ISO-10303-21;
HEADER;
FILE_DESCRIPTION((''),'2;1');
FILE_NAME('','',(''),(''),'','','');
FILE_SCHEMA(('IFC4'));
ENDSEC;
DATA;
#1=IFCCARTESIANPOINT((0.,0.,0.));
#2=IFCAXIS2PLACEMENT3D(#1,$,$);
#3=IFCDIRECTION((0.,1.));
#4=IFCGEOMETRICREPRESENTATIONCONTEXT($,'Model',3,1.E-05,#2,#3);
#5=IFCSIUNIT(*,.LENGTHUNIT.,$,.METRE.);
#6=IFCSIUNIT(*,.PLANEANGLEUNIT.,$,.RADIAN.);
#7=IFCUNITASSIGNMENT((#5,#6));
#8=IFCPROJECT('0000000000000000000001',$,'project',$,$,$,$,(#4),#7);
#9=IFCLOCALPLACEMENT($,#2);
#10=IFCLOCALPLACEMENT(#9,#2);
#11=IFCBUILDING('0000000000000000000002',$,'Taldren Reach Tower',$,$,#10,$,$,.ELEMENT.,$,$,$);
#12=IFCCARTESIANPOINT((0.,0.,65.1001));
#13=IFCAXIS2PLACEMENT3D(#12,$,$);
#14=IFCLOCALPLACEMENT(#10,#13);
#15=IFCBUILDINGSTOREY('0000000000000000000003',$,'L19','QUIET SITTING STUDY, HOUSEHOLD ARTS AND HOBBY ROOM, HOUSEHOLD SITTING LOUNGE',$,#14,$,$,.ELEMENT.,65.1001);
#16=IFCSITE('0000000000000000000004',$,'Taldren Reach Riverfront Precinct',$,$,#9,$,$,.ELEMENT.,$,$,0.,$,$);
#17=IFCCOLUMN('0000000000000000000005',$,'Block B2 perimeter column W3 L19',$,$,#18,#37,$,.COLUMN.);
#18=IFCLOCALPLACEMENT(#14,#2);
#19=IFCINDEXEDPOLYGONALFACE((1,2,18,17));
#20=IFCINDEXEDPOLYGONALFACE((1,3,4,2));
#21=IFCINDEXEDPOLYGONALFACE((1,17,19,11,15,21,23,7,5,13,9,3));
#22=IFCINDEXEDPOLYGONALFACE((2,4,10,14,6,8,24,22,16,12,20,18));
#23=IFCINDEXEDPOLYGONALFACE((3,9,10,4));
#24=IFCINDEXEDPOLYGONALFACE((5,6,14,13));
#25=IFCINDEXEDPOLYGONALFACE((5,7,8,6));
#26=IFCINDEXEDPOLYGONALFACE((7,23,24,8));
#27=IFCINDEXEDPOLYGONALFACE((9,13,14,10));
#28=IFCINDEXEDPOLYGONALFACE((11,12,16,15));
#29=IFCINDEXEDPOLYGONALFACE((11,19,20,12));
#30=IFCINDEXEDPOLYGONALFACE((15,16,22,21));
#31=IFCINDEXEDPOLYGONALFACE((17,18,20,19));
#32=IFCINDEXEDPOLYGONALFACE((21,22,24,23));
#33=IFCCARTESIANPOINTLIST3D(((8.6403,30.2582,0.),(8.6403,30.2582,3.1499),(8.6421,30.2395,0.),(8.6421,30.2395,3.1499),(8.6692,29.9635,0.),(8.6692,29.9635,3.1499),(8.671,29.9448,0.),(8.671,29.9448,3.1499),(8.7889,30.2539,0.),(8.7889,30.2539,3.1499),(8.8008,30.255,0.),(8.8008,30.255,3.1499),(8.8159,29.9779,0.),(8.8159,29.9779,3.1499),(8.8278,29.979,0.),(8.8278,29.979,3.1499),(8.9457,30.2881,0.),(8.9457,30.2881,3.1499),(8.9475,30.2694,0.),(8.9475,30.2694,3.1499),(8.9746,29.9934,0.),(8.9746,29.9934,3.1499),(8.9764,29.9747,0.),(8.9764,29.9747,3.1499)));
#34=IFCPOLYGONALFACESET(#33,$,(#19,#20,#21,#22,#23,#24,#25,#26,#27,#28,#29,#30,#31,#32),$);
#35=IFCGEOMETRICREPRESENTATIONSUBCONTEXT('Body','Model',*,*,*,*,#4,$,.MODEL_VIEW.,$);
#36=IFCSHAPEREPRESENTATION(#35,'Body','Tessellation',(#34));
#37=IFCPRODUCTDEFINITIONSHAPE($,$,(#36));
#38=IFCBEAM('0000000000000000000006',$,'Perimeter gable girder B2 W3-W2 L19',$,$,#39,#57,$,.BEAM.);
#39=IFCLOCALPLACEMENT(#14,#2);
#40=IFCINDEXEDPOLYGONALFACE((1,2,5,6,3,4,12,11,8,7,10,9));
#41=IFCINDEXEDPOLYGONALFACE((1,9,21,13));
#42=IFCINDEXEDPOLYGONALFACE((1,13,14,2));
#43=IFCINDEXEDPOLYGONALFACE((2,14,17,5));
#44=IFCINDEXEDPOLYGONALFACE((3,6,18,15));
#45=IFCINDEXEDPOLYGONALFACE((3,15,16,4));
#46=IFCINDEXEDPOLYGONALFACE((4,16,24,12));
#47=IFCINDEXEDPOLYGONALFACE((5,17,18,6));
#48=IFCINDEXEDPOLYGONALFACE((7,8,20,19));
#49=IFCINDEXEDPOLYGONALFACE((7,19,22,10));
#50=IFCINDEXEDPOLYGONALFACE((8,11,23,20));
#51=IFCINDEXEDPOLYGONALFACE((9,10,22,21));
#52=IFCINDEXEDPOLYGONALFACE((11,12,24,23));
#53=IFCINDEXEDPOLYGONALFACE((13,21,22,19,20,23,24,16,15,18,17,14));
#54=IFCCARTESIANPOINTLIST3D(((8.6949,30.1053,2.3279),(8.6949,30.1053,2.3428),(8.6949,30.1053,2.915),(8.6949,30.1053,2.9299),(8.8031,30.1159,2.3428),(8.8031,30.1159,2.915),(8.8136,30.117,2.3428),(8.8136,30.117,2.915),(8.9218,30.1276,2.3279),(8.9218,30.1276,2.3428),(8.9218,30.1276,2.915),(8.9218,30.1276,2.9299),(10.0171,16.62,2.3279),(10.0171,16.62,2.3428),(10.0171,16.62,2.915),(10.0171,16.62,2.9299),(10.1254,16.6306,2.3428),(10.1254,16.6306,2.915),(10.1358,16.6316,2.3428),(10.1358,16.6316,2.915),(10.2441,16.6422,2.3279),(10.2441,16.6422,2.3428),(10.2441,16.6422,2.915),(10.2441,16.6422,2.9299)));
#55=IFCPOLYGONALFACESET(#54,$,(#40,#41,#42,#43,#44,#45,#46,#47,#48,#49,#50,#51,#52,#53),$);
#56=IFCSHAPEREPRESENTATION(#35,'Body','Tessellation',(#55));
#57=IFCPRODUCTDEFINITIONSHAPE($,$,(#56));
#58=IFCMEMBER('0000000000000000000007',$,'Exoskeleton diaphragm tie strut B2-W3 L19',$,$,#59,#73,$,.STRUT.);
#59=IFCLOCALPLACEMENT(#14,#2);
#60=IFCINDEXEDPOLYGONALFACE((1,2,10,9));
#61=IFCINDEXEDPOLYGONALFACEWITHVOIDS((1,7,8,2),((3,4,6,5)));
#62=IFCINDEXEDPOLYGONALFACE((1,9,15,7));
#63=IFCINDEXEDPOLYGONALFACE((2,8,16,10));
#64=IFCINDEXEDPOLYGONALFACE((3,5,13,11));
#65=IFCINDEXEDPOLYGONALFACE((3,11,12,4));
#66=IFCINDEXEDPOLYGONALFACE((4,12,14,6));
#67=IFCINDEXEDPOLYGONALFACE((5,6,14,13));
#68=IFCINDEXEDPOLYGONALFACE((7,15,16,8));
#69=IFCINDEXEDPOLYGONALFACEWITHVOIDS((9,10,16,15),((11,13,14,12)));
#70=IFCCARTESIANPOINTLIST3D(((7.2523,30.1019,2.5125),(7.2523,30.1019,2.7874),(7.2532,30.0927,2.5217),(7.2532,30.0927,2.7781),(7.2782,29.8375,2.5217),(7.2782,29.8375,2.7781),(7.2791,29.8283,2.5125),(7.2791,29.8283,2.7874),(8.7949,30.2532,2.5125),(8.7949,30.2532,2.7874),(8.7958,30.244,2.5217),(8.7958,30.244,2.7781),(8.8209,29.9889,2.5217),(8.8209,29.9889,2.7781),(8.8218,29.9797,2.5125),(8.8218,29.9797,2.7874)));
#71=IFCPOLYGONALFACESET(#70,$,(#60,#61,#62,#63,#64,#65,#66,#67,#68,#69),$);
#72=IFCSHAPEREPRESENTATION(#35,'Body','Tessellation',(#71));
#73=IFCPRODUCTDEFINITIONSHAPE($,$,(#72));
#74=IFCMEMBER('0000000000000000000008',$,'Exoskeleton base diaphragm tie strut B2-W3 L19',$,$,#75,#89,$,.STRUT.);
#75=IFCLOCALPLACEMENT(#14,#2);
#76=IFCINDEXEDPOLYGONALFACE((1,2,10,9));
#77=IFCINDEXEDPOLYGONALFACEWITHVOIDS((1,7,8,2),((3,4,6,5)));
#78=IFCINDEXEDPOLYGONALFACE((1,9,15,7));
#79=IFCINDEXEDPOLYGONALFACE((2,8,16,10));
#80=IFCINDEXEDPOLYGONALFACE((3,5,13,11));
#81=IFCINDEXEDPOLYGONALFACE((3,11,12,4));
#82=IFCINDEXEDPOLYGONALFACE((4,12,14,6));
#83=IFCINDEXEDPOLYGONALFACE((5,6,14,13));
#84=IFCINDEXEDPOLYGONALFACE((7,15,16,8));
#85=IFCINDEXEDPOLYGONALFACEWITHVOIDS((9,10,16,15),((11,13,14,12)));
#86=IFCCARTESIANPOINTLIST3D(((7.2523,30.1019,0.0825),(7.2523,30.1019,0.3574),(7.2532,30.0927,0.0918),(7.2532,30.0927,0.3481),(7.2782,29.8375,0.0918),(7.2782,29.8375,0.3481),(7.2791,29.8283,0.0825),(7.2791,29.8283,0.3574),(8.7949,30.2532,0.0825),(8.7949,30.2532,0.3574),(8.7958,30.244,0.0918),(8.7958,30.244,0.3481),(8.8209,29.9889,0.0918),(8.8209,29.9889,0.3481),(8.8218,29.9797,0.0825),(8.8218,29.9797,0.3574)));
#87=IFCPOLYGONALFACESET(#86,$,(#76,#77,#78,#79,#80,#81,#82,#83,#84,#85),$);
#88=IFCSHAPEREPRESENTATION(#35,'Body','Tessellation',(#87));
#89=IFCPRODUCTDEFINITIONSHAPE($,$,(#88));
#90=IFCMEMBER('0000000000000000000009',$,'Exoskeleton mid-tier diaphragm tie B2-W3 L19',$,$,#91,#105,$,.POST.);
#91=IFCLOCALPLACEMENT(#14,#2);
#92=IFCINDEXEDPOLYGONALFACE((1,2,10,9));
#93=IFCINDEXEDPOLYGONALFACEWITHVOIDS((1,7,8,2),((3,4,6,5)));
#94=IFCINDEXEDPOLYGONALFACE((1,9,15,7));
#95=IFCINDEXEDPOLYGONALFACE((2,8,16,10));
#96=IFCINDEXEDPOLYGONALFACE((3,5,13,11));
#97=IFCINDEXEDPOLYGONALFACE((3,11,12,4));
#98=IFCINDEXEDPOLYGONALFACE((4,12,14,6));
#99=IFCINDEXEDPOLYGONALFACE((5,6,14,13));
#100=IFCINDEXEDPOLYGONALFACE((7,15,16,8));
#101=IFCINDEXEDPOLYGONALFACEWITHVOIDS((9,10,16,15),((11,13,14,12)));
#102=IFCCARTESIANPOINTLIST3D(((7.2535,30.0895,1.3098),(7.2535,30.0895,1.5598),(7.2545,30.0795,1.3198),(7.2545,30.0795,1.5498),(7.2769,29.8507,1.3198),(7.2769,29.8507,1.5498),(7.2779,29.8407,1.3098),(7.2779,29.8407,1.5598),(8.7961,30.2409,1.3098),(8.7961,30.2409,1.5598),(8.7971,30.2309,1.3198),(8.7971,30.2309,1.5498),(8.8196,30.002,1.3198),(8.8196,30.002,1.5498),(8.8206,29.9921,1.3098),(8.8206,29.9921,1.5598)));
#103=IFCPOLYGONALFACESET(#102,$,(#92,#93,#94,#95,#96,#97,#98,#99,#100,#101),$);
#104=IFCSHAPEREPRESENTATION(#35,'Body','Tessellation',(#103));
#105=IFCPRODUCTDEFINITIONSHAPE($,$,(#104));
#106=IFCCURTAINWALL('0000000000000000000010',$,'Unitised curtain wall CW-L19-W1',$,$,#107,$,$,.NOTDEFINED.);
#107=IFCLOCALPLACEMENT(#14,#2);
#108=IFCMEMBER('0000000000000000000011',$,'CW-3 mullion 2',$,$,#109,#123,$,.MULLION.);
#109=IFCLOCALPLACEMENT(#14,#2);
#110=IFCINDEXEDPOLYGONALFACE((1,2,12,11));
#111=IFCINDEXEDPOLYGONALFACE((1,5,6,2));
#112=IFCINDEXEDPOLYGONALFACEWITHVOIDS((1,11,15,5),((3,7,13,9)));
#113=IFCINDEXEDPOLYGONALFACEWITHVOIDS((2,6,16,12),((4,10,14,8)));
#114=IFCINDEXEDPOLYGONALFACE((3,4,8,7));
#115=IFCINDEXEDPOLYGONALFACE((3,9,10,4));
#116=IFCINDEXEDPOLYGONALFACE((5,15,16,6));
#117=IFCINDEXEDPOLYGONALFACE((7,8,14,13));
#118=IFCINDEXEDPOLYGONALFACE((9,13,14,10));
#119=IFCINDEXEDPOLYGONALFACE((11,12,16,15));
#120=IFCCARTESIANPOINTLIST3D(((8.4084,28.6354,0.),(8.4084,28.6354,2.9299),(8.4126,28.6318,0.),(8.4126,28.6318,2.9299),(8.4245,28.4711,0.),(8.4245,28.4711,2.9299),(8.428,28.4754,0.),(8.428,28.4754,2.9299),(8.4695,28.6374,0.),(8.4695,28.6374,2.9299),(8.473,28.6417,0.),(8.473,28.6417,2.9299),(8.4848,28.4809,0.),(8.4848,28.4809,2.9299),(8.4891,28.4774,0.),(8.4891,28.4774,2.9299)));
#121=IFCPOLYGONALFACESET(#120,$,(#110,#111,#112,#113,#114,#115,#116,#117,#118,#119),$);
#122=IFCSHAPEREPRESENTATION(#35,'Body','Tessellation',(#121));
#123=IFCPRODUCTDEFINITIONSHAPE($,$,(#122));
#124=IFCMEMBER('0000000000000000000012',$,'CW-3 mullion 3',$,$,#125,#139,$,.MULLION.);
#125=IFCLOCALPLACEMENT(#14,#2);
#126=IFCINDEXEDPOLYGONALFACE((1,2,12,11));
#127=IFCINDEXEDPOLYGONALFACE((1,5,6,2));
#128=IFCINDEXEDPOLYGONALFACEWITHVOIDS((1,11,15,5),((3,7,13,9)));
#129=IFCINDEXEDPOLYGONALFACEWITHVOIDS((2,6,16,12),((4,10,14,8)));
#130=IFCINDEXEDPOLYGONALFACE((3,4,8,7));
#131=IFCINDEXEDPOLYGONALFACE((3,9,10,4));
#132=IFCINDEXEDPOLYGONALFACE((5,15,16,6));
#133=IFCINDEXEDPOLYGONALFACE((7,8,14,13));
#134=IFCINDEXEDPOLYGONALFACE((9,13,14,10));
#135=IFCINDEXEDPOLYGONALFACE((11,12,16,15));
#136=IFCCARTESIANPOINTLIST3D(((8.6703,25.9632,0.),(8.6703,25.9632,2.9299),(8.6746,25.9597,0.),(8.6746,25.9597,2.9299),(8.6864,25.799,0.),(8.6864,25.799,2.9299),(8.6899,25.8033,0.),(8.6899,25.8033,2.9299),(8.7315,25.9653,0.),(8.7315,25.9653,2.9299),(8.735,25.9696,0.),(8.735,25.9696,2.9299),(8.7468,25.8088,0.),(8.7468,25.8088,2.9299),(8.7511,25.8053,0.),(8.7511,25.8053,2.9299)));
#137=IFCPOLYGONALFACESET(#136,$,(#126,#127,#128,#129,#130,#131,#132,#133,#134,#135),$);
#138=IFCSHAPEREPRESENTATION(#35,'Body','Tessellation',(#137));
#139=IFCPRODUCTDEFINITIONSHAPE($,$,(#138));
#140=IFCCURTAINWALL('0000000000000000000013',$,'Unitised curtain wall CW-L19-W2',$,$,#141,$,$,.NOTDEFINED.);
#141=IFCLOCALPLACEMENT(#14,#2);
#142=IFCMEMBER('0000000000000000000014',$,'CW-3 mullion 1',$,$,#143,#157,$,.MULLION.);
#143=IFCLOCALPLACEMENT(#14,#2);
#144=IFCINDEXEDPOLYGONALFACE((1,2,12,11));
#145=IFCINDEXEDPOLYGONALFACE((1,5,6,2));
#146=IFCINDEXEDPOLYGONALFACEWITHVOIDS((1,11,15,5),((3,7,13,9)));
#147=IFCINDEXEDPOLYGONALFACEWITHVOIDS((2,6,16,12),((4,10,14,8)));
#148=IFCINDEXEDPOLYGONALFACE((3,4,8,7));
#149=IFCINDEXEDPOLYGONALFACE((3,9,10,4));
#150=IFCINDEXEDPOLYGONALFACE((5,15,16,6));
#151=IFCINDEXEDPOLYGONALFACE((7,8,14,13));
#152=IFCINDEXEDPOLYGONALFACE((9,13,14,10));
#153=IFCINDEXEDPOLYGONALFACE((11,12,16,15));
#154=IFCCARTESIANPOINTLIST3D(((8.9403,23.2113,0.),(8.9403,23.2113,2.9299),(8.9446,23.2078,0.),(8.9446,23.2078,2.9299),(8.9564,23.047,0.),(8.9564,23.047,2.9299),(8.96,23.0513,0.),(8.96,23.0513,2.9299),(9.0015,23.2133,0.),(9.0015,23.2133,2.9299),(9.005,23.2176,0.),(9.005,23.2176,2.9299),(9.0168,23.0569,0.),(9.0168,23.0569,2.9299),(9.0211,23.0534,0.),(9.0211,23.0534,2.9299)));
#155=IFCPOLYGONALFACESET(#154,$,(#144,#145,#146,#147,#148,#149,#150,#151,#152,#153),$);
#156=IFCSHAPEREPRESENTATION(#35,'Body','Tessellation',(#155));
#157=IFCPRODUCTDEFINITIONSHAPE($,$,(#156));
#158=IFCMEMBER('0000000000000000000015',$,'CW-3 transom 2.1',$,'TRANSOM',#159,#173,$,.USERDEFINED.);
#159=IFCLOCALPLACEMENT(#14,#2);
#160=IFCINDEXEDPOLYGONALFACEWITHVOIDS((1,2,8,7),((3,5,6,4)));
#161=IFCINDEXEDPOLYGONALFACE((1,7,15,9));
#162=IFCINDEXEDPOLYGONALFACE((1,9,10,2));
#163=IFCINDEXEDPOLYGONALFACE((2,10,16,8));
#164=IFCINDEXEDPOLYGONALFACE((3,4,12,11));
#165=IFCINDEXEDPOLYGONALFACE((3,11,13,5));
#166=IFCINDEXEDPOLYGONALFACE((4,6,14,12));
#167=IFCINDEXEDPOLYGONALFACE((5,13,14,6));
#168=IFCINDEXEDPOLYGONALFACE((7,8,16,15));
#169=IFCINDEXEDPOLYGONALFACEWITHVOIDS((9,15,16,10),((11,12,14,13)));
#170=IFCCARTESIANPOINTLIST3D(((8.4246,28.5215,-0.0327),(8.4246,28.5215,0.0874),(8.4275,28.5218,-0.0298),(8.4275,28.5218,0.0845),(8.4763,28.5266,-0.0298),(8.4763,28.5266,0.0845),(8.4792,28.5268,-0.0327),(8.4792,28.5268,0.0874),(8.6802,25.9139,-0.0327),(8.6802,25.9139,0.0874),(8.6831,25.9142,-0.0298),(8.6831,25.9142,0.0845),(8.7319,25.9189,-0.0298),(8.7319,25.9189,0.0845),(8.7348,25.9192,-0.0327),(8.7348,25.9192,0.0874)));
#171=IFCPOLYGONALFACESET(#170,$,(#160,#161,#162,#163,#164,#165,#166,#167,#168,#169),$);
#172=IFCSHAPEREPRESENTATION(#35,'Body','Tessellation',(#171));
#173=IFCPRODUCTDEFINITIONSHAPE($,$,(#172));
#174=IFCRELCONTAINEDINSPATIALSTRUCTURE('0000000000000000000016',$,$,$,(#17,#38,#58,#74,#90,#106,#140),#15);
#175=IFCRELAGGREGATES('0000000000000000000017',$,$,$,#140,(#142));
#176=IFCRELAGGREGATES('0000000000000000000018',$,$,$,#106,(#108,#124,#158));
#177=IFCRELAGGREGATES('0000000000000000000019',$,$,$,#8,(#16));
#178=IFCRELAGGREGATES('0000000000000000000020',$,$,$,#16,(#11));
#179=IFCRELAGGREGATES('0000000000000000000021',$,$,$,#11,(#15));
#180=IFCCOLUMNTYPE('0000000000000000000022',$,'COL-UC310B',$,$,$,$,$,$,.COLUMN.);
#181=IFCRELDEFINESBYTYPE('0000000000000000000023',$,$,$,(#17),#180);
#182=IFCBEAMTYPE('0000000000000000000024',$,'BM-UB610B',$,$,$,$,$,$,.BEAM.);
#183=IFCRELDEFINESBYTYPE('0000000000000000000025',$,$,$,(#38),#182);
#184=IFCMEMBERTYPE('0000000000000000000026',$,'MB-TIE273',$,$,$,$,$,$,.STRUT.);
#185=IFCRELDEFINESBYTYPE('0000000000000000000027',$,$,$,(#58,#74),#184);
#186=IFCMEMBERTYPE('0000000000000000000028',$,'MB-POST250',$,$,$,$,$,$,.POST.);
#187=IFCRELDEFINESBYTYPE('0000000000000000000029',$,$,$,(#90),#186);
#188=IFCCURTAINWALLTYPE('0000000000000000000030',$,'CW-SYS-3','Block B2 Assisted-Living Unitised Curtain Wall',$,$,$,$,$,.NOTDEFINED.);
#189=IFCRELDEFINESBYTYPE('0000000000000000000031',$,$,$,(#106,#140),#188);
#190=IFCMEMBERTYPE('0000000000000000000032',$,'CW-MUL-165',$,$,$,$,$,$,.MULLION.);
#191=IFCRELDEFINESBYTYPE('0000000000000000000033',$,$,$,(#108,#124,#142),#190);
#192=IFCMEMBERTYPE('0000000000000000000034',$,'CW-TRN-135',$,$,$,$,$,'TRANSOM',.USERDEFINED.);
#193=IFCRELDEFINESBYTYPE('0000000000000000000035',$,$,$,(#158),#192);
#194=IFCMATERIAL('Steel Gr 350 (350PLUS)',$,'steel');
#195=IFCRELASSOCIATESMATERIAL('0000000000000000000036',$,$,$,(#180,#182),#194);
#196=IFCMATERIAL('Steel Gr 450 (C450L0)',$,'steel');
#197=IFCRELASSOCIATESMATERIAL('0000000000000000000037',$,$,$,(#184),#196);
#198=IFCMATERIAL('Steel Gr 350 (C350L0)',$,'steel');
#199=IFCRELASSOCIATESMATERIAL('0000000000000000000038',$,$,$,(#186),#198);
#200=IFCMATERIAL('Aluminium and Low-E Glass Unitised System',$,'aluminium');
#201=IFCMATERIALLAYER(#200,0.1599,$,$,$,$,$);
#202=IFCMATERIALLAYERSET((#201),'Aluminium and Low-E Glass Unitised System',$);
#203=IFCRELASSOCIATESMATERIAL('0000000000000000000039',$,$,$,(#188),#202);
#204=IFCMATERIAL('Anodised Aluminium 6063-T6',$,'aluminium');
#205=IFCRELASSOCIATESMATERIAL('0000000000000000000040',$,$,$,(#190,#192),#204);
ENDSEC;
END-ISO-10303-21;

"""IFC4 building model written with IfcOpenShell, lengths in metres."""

from ifc_helpers import new_model, si_unit, direction, frame, origin, origin_2d, place, context, subcontext, project, spatial, hollow_rectangle, i_section, extrude, source, transform, mapped, material, layer, layer_set, material_profile, profile_set, type_object, element, aggregate, save


model = new_model("IFC4")

# Units and contexts
model_context = context("Model", 3, precision=1e-05, world=origin(), true_north=direction((0.0, 1.0)))
body_context = subcontext(model_context, "Body", "Model", "MODEL_VIEW")
ifc_project = project(units=[si_unit("LENGTHUNIT", "METRE"), si_unit("PLANEANGLEUNIT", "RADIAN")], contexts=[model_context])

# Site, building, storey
site_placement = place(None, origin())
site = spatial("IfcSite", under=ifc_project, at=site_placement, Name="Taldren Reach Riverfront Precinct", CompositionType="ELEMENT", RefElevation=0.0)
building_placement = place(site_placement, origin())
building = spatial("IfcBuilding", under=site, at=building_placement, Name="Taldren Reach Tower", CompositionType="ELEMENT")
storey_placement = place(building_placement, frame((0.0, 0.0, 65.1001)))
storey = spatial("IfcBuildingStorey", under=building, at=storey_placement, Name="L19", Description="QUIET SITTING STUDY, HOUSEHOLD ARTS AND HOBBY ROOM, HOUSEHOLD SITTING LOUNGE", CompositionType="ELEMENT", Elevation=65.1001)

# Column
ifc_material_1 = material(Name="Steel Gr 350 (350PLUS)", Category="steel")
ifc_material_profile_1 = material_profile(ifc_material_1, i_section(OverallWidth=0.3069, OverallDepth=0.3149, WebThickness=0.012, FlangeThickness=0.0188, at=origin_2d()), Name="310UC118")
ifc_profile_set_1 = profile_set([ifc_material_profile_1], Name="Steel Gr 350 (350PLUS)")
column_type = type_object("IfcColumnType", Name="COL-UC310B", PredefinedType="COLUMN", material=ifc_profile_set_1)
shared_shape_1 = source(origin(), body_context, "Body", "SweptSolid", [
    extrude(i_section(OverallWidth=0.3069, OverallDepth=0.3149, WebThickness=0.012, FlangeThickness=0.0188, at=origin_2d()), origin(), (0.0, 0.0, 1.0), 3.1499),
])
column_placement = place(storey_placement, frame((8.8083, 30.1165, 0.0), z_axis=(0.0, 0.0, 1.0), x_axis=(0.995227, 0.097583, 0.0)))
element("IfcColumn", 1, at=column_placement, inside=storey, type_object=column_type, Name="Block B2 perimeter column W3 L19", PredefinedType="COLUMN", context=body_context, shape_type="MappedRepresentation", body=[
    mapped(shared_shape_1, transform((0.0, 0.0, 0.0), scale=1.0)),
])

# Beam
ifc_material_profile_2 = material_profile(ifc_material_1, i_section(OverallWidth=0.228, OverallDepth=0.6021, WebThickness=0.0105, FlangeThickness=0.0149, at=origin_2d()), Name="610UB101")
ifc_profile_set_2 = profile_set([ifc_material_profile_2], Name="Steel Gr 350 (350PLUS)")
beam_type = type_object("IfcBeamType", Name="BM-UB610B", PredefinedType="BEAM", material=ifc_profile_set_2)
shared_shape_2 = source(origin(), body_context, "Body", "SweptSolid", [
    extrude(i_section(OverallWidth=0.228, OverallDepth=0.6021, WebThickness=0.0105, FlangeThickness=0.0149, at=origin_2d()), origin(), (0.0, 0.0, 1.0), 13.55),
])
beam_placement = place(storey_placement, frame((8.8083, 30.1165, 2.6289), z_axis=(0.097584, -0.995227, 0.0), x_axis=(0.995227, 0.097584, 0.0)))
element("IfcBeam", 2, at=beam_placement, inside=storey, type_object=beam_type, Name="Perimeter gable girder B2 W3-W2 L19", PredefinedType="BEAM", context=body_context, shape_type="MappedRepresentation", body=[
    mapped(shared_shape_2, transform((0.0, 0.0, 0.0), scale=1.0)),
])

# Members
ifc_material_2 = material(Name="Steel Gr 450 (C450L0)", Category="steel")
ifc_material_profile_3 = material_profile(ifc_material_2, hollow_rectangle(XDim=0.2749, YDim=0.2749, WallThickness=0.0093, at=origin_2d()), Name="275x275x9.3SHS")
ifc_profile_set_3 = profile_set([ifc_material_profile_3], Name="Steel Gr 450 (C450L0)")
member_type_1 = type_object("IfcMemberType", Name="MB-TIE273", PredefinedType="STRUT", material=ifc_profile_set_3)
shared_shape_3 = source(origin(), body_context, "Body", "SweptSolid", [
    extrude(hollow_rectangle(XDim=0.2749, YDim=0.2749, WallThickness=0.0093, at=origin_2d()), origin(), (0.0, 0.0, 1.0), 1.55),
])
for number, where, z_axis, x_axis, name in (
    (3, (8.8083, 30.1165, 2.6499), (-0.995221, -0.097648, 0.0), (0.097648, -0.995221, 0.0), "Exoskeleton diaphragm tie strut B2-W3 L19"),
    (4, (8.8083, 30.1165, 0.22), (-0.995221, -0.097648, 0.0), (0.097648, -0.995221, 0.0), "Exoskeleton base diaphragm tie strut B2-W3 L19"),
):
    element("IfcMember", number, at=place(storey_placement, frame(where, z_axis=z_axis, x_axis=x_axis)), inside=storey, type_object=member_type_1, Name=name, PredefinedType="STRUT", context=body_context, shape_type="MappedRepresentation", body=[
        mapped(shared_shape_3, transform((0.0, 0.0, 0.0), scale=1.0)),
    ])
ifc_material_3 = material(Name="Steel Gr 350 (C350L0)", Category="steel")
ifc_material_profile_4 = material_profile(ifc_material_3, hollow_rectangle(XDim=0.25, YDim=0.25, WallThickness=0.01, at=origin_2d()), Name="250x250x10.0SHS")
ifc_profile_set_4 = profile_set([ifc_material_profile_4], Name="Steel Gr 350 (C350L0)")
member_type_2 = type_object("IfcMemberType", Name="MB-POST250", PredefinedType="POST", material=ifc_profile_set_4)
shared_shape_4 = source(origin(), body_context, "Body", "SweptSolid", [
    extrude(hollow_rectangle(XDim=0.25, YDim=0.25, WallThickness=0.01, at=origin_2d()), origin(), (0.0, 0.0, 1.0), 1.55),
])
member_1_placement = place(storey_placement, frame((8.8083, 30.1165, 1.4348), z_axis=(-0.995221, -0.097648, 0.0), x_axis=(0.097648, -0.995221, 0.0)))
element("IfcMember", 5, at=member_1_placement, inside=storey, type_object=member_type_2, Name="Exoskeleton mid-tier diaphragm tie B2-W3 L19", PredefinedType="POST", context=body_context, shape_type="MappedRepresentation", body=[
    mapped(shared_shape_4, transform((0.0, 0.0, 0.0), scale=1.0)),
])

# Curtain wall, members
ifc_material_4 = material(Name="Aluminium and Low-E Glass Unitised System", Category="aluminium")
ifc_layer_1 = layer(ifc_material_4, 0.1599)
ifc_layer_set_1 = layer_set([ifc_layer_1], Name="Aluminium and Low-E Glass Unitised System")
curtain_wall_type = type_object("IfcCurtainWallType", Name="CW-SYS-3", Description="Block B2 Assisted-Living Unitised Curtain Wall", PredefinedType="NOTDEFINED", material=ifc_layer_set_1)
curtain_wall_1_placement = place(storey_placement, origin())
curtain_wall_1 = element("IfcCurtainWall", 6, at=curtain_wall_1_placement, inside=storey, type_object=curtain_wall_type, Name="Unitised curtain wall CW-L19-W1", PredefinedType="NOTDEFINED")
ifc_material_5 = material(Name="Anodised Aluminium 6063-T6", Category="aluminium")
ifc_material_profile_5 = material_profile(ifc_material_5, hollow_rectangle(XDim=0.0649, YDim=0.165, WallThickness=0.0039, at=origin_2d()), Name="ALU-165x65x4RHS")
ifc_profile_set_5 = profile_set([ifc_material_profile_5], Name="Anodised Aluminium 6063-T6")
member_type_3 = type_object("IfcMemberType", Name="CW-MUL-165", PredefinedType="MULLION", material=ifc_profile_set_5)
shared_shape_5 = source(origin(), body_context, "Body", "SweptSolid", [
    extrude(hollow_rectangle(XDim=0.0649, YDim=0.165, WallThickness=0.0039, at=origin_2d()), origin(), (0.0, 0.0, 1.0), 2.9299),
])
member_2_placement = place(storey_placement, frame((8.4487, 28.5564, 0.0), z_axis=(0.0, 0.0, 1.0), x_axis=(0.995227, 0.097582, 0.0)))
member_2 = element("IfcMember", 7, at=member_2_placement, type_object=member_type_3, Name="CW-3 mullion 2", PredefinedType="MULLION", context=body_context, shape_type="MappedRepresentation", body=[
    mapped(shared_shape_5, transform((0.0, 0.0, 0.0), scale=1.0)),
])
member_3_placement = place(storey_placement, frame((8.7107, 25.8843, 0.0), z_axis=(0.0, 0.0, 1.0), x_axis=(0.995227, 0.097582, 0.0)))
member_3 = element("IfcMember", 8, at=member_3_placement, type_object=member_type_3, Name="CW-3 mullion 3", PredefinedType="MULLION", context=body_context, shape_type="MappedRepresentation", body=[
    mapped(shared_shape_5, transform((0.0, 0.0, 0.0), scale=1.0)),
])

# Curtain wall, member
curtain_wall_2_placement = place(storey_placement, origin())
curtain_wall_2 = element("IfcCurtainWall", 9, at=curtain_wall_2_placement, inside=storey, type_object=curtain_wall_type, Name="Unitised curtain wall CW-L19-W2", PredefinedType="NOTDEFINED")
member_4_placement = place(storey_placement, frame((8.9807, 23.1323, 0.0), z_axis=(0.0, 0.0, 1.0), x_axis=(0.995227, 0.097583, 0.0)))
member_4 = element("IfcMember", 10, at=member_4_placement, type_object=member_type_3, Name="CW-3 mullion 1", PredefinedType="MULLION", context=body_context, shape_type="MappedRepresentation", body=[
    mapped(shared_shape_5, transform((0.0, 0.0, 0.0), scale=1.0)),
])

# Member
ifc_material_profile_6 = material_profile(ifc_material_5, hollow_rectangle(XDim=0.0549, YDim=0.1201, WallThickness=0.0029, at=origin_2d()), Name="ALU-120x55x3RHS")
ifc_profile_set_6 = profile_set([ifc_material_profile_6], Name="Anodised Aluminium 6063-T6")
member_type_4 = type_object("IfcMemberType", Name="CW-TRN-135", ElementType="TRANSOM", PredefinedType="USERDEFINED", material=ifc_profile_set_6)
shared_shape_6 = source(origin(), body_context, "Body", "SweptSolid", [
    extrude(hollow_rectangle(XDim=0.0549, YDim=0.1201, WallThickness=0.0029, at=origin_2d()), origin(), (0.0, 0.0, 1.0), 2.6201),
])
member_5_placement = place(storey_placement, frame((8.4519, 28.5242, 0.0273), z_axis=(0.097557, -0.99523, 0.0), x_axis=(0.99523, 0.097557, 0.0)))
member_5 = element("IfcMember", 11, at=member_5_placement, type_object=member_type_4, Name="CW-3 transom 2.1", ObjectType="TRANSOM", PredefinedType="USERDEFINED", context=body_context, shape_type="MappedRepresentation", body=[
    mapped(shared_shape_6, transform((0.0, 0.0, 0.0), scale=1.0)),
])
aggregate(curtain_wall_2, [member_4])

aggregate(curtain_wall_1, [member_2, member_3, member_5])

save(model, "model.ifc")
